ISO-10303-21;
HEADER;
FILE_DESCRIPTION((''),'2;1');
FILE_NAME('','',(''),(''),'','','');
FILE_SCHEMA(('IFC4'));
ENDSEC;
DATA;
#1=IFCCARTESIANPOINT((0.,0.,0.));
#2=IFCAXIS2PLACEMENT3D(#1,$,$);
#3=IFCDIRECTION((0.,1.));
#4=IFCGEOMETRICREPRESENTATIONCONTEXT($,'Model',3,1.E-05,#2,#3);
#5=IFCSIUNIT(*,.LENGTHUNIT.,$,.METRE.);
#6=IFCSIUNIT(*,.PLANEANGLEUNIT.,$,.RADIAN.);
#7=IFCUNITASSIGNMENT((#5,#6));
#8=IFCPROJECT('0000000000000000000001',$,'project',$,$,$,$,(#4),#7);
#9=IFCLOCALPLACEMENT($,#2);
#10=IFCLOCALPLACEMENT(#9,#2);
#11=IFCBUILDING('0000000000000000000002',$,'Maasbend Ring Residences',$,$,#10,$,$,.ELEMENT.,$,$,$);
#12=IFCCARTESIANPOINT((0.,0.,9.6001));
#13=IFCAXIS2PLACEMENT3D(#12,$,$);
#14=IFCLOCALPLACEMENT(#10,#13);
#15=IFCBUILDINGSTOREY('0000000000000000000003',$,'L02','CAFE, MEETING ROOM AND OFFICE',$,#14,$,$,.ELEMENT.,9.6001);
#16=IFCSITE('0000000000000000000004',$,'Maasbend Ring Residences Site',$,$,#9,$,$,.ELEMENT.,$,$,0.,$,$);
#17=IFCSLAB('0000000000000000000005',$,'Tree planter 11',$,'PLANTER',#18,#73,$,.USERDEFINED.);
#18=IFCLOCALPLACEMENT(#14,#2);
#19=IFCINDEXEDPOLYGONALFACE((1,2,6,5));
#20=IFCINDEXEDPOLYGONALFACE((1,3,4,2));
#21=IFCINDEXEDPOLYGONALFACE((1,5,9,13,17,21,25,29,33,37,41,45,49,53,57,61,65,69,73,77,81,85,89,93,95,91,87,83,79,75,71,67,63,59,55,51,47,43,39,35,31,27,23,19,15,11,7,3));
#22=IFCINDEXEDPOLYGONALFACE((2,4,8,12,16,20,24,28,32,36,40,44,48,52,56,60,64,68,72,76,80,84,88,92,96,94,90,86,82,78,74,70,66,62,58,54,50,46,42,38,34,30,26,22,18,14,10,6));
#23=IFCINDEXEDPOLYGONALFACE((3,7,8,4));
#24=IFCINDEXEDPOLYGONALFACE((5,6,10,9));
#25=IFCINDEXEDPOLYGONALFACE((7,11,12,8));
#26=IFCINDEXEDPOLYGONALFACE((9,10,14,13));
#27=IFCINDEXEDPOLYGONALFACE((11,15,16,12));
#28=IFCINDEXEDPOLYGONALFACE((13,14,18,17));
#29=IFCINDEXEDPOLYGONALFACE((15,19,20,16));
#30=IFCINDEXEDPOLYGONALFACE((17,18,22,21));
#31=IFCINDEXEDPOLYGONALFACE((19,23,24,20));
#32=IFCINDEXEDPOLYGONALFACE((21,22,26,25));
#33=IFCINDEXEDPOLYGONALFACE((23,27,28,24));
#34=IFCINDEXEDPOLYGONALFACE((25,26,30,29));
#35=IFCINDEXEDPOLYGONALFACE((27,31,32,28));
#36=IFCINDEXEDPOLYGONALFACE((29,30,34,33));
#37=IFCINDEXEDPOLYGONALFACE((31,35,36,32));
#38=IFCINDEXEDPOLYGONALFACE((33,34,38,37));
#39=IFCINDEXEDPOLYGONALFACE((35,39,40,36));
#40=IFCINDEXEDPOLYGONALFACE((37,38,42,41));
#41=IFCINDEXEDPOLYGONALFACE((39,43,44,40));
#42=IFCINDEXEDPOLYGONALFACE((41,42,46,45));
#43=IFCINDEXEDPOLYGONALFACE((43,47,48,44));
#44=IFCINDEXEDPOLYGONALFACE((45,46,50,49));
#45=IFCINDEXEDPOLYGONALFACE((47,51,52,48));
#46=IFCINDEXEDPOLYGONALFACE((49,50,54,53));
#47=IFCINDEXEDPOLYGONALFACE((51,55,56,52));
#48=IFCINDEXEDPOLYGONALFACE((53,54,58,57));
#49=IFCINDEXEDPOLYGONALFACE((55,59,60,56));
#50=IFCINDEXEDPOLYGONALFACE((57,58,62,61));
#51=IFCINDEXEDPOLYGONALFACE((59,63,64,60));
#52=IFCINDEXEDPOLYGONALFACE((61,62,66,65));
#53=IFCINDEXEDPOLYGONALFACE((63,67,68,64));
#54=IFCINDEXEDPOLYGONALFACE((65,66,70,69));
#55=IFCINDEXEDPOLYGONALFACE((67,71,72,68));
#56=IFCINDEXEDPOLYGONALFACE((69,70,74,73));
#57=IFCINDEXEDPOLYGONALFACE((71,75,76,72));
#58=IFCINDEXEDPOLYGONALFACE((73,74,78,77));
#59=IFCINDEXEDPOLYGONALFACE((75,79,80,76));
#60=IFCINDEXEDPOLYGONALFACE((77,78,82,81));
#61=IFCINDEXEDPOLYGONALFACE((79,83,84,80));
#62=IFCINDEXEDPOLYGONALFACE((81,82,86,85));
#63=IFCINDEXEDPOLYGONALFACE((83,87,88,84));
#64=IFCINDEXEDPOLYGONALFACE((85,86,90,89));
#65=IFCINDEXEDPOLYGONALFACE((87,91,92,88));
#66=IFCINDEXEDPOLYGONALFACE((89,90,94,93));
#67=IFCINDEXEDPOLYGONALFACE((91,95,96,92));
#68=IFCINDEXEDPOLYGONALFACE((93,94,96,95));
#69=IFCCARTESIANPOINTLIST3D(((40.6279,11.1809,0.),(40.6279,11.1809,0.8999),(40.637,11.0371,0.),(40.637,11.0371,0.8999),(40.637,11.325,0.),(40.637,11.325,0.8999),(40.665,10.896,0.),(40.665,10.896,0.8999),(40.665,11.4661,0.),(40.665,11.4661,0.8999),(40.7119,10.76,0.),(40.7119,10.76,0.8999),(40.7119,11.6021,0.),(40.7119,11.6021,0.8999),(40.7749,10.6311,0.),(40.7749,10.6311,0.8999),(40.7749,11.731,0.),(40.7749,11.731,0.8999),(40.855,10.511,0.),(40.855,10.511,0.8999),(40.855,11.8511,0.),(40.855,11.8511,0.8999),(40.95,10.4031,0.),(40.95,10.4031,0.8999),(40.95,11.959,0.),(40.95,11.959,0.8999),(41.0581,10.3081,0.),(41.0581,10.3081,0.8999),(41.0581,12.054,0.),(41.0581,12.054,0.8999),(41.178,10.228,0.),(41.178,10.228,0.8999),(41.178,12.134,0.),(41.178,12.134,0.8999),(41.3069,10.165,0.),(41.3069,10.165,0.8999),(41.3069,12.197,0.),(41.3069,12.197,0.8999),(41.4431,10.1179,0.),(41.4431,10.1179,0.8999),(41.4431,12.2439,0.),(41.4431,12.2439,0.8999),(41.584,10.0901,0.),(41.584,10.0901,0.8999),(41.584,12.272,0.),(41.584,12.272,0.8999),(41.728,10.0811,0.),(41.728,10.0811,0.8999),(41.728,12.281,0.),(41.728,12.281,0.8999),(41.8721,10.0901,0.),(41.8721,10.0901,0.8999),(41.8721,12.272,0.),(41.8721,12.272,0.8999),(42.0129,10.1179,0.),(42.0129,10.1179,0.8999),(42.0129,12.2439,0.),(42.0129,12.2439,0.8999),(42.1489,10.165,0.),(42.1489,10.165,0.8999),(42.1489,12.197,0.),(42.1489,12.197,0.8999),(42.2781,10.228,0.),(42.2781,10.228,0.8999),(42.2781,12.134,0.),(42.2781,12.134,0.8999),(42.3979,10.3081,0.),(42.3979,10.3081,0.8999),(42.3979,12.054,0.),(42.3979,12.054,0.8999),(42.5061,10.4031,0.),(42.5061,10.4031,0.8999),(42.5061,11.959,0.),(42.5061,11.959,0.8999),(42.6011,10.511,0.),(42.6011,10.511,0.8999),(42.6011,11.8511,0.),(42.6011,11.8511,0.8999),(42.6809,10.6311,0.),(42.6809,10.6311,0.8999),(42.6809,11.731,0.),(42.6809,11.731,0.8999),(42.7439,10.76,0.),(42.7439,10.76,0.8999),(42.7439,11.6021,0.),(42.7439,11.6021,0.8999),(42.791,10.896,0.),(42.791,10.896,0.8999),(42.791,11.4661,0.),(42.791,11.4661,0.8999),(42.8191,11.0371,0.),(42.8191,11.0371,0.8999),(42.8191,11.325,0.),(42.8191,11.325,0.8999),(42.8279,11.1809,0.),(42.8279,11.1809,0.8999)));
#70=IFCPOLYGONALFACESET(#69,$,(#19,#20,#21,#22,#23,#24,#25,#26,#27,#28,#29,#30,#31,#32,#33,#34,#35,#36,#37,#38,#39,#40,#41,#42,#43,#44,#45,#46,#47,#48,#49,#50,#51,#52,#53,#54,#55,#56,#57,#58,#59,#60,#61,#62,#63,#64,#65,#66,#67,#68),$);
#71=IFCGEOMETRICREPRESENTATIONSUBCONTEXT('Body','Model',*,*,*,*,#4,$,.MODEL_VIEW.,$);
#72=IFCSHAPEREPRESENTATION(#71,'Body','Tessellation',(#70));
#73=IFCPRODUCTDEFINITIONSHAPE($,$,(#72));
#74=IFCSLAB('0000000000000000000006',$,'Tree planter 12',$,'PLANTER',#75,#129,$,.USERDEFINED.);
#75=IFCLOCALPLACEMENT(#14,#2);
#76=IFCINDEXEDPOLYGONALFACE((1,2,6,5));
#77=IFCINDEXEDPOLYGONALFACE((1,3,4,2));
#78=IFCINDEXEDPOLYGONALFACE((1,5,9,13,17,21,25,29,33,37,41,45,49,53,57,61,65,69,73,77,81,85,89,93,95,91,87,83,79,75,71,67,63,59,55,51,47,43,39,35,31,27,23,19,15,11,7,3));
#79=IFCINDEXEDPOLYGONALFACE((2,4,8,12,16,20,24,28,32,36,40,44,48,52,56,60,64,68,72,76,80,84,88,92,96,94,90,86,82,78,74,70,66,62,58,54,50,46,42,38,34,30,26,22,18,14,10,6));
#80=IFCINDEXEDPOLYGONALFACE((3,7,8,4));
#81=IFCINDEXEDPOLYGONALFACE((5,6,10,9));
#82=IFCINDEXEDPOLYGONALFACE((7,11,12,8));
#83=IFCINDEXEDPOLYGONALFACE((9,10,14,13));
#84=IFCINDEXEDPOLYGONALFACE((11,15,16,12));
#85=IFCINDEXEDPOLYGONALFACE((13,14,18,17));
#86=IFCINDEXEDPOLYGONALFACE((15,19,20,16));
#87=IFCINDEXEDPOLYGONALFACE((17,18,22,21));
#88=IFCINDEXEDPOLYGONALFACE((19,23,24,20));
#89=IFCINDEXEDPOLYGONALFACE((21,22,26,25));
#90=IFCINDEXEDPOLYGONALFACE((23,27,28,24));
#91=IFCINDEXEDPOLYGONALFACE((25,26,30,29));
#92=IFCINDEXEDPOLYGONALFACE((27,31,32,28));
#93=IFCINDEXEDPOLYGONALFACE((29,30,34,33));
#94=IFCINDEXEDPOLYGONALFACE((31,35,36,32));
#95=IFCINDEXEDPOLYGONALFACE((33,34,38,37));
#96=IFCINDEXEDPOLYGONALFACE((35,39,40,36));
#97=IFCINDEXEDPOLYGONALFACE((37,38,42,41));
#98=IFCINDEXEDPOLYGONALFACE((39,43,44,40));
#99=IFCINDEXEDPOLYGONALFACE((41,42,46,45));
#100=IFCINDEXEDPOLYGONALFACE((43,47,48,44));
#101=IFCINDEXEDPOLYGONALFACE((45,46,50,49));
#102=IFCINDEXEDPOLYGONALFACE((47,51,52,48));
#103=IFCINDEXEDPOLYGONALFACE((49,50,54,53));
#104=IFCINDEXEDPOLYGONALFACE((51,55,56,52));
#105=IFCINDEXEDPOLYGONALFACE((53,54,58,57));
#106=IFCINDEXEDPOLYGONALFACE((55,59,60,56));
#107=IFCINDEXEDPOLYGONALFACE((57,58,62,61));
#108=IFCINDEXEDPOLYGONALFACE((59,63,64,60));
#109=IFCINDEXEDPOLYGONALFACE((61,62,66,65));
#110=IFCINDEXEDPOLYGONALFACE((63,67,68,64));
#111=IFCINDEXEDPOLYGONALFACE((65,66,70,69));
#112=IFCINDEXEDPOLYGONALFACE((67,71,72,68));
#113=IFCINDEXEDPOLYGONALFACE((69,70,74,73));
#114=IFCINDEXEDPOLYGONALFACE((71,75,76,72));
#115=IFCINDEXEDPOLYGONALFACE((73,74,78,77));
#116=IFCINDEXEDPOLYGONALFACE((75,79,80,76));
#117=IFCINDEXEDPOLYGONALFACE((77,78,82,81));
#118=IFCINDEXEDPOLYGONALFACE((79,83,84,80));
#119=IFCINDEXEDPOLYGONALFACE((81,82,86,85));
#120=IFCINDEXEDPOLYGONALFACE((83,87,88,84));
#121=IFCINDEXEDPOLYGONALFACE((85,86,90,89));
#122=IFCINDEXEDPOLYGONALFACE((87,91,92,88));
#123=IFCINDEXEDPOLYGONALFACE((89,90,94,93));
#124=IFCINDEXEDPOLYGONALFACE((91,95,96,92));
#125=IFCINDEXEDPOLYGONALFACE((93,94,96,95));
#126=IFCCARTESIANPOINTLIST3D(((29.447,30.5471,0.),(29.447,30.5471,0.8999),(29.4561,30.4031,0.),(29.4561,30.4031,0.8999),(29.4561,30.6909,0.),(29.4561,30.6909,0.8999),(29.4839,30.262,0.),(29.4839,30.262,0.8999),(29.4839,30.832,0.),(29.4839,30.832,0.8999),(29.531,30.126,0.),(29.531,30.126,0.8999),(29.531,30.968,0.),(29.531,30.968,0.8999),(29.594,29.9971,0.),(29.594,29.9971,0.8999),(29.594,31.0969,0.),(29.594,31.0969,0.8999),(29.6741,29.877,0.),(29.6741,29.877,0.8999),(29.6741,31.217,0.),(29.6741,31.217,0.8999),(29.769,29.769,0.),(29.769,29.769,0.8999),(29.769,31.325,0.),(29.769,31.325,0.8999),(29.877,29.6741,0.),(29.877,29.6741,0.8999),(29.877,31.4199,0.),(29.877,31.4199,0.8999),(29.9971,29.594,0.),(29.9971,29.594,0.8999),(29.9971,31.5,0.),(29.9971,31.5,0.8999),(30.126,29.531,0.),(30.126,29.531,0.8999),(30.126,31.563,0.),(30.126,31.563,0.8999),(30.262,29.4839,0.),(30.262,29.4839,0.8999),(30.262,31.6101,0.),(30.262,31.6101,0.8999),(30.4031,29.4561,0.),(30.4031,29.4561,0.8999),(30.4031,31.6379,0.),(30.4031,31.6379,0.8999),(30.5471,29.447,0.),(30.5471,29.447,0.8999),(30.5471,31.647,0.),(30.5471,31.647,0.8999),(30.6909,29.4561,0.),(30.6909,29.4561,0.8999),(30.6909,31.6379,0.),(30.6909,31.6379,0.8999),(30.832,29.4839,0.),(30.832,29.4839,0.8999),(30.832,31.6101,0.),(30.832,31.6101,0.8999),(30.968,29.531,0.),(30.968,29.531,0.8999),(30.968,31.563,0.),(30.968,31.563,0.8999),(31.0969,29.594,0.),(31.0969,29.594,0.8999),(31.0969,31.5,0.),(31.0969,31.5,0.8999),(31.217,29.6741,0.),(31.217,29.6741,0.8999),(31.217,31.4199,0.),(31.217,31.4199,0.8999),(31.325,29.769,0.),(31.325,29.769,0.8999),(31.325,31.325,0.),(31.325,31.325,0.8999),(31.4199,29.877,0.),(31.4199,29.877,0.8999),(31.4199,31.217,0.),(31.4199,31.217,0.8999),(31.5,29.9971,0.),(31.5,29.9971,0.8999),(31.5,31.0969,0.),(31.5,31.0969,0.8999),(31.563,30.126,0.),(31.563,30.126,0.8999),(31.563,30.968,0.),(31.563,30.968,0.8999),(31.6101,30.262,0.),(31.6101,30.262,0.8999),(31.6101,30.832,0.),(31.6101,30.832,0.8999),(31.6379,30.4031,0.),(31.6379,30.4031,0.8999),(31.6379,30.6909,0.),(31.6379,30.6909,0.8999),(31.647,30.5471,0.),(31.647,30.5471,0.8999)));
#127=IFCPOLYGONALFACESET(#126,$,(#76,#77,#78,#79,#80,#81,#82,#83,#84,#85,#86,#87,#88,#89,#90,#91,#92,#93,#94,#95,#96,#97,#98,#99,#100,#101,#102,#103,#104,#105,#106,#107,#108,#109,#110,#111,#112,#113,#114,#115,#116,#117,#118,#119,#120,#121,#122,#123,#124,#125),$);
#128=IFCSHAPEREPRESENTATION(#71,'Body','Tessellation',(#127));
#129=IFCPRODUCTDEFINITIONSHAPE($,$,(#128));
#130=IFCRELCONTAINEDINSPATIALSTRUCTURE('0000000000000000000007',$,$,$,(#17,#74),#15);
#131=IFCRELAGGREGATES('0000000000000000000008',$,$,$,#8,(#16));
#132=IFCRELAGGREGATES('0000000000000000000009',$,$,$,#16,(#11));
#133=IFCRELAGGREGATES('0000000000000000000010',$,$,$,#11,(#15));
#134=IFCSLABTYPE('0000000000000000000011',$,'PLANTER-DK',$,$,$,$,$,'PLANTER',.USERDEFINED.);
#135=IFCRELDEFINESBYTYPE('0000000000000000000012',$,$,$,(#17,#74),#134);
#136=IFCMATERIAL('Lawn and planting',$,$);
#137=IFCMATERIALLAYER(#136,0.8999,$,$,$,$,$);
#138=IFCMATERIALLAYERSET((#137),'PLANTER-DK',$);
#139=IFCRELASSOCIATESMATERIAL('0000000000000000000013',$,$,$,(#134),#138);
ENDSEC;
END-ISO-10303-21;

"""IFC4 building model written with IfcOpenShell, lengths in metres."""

from ifc_helpers import new_model, si_unit, direction, frame, origin, place, context, subcontext, project, spatial, polyline, outline, extrude, material, layer, layer_set, type_object, element, save


model = new_model("IFC4")

# Units and contexts
model_context = context("Model", 3, precision=1e-05, world=origin(), true_north=direction((0.0, 1.0)))
body_context = subcontext(model_context, "Body", "Model", "MODEL_VIEW")
ifc_project = project(units=[si_unit("LENGTHUNIT", "METRE"), si_unit("PLANEANGLEUNIT", "RADIAN")], contexts=[model_context])

# Site, building, storey
site_placement = place(None, origin())
site = spatial("IfcSite", under=ifc_project, at=site_placement, Name="Maasbend Ring Residences Site", CompositionType="ELEMENT", RefElevation=0.0)
building_placement = place(site_placement, origin())
building = spatial("IfcBuilding", under=site, at=building_placement, Name="Maasbend Ring Residences", CompositionType="ELEMENT")
storey_placement = place(building_placement, frame((0.0, 0.0, 9.6001)))
storey = spatial("IfcBuildingStorey", under=building, at=storey_placement, Name="L02", Description="CAFE, MEETING ROOM AND OFFICE", CompositionType="ELEMENT", Elevation=9.6001)

# Slabs
ifc_material_1 = material(Name="Lawn and planting")
ifc_layer_1 = layer(ifc_material_1, 0.8999)
ifc_layer_set_1 = layer_set([ifc_layer_1], Name="PLANTER-DK")
slab_type_1 = type_object("IfcSlabType", Name="PLANTER-DK", ElementType="PLANTER", PredefinedType="USERDEFINED", material=ifc_layer_set_1)
slab_1_placement = place(storey_placement, origin())
element("IfcSlab", 1, at=slab_1_placement, inside=storey, type_object=slab_type_1, Name="Tree planter 11", ObjectType="PLANTER", PredefinedType="USERDEFINED", context=body_context, shape_type="SweptSolid", body=[
    extrude(outline(polyline([(42.8279, 11.1809), (42.8191, 11.0371), (42.791, 10.896), (42.7439, 10.76), (42.6809, 10.6311), (42.6011, 10.511), (42.5061, 10.4031), (42.3979, 10.3081), (42.2781, 10.228), (42.1489, 10.165), (42.0129, 10.1179), (41.8721, 10.0901), (41.728, 10.0811), (41.584, 10.0901), (41.4431, 10.1179), (41.3069, 10.165), (41.178, 10.228), (41.0581, 10.3081), (40.95, 10.4031), (40.855, 10.511), (40.7749, 10.6311), (40.7119, 10.76), (40.665, 10.896), (40.637, 11.0371), (40.6279, 11.1809), (40.637, 11.325), (40.665, 11.4661), (40.7119, 11.6021), (40.7749, 11.731), (40.855, 11.8511), (40.95, 11.959), (41.0581, 12.054), (41.178, 12.134), (41.3069, 12.197), (41.4431, 12.2439), (41.584, 12.272), (41.728, 12.281), (41.8721, 12.272), (42.0129, 12.2439), (42.1489, 12.197), (42.2781, 12.134), (42.3979, 12.054), (42.5061, 11.959), (42.6011, 11.8511), (42.6809, 11.731), (42.7439, 11.6021), (42.791, 11.4661), (42.8191, 11.325), (42.8279, 11.1809)])), origin(), (0.0, 0.0, 1.0), 0.8999),
])
slab_2_placement = place(storey_placement, origin())
element("IfcSlab", 2, at=slab_2_placement, inside=storey, type_object=slab_type_1, Name="Tree planter 12", ObjectType="PLANTER", PredefinedType="USERDEFINED", context=body_context, shape_type="SweptSolid", body=[
    extrude(outline(polyline([(31.647, 30.5471), (31.6379, 30.4031), (31.6101, 30.262), (31.563, 30.126), (31.5, 29.9971), (31.4199, 29.877), (31.325, 29.769), (31.217, 29.6741), (31.0969, 29.594), (30.968, 29.531), (30.832, 29.4839), (30.6909, 29.4561), (30.5471, 29.447), (30.4031, 29.4561), (30.262, 29.4839), (30.126, 29.531), (29.9971, 29.594), (29.877, 29.6741), (29.769, 29.769), (29.6741, 29.877), (29.594, 29.9971), (29.531, 30.126), (29.4839, 30.262), (29.4561, 30.4031), (29.447, 30.5471), (29.4561, 30.6909), (29.4839, 30.832), (29.531, 30.968), (29.594, 31.0969), (29.6741, 31.217), (29.769, 31.325), (29.877, 31.4199), (29.9971, 31.5), (30.126, 31.563), (30.262, 31.6101), (30.4031, 31.6379), (30.5471, 31.647), (30.6909, 31.6379), (30.832, 31.6101), (30.968, 31.563), (31.0969, 31.5), (31.217, 31.4199), (31.325, 31.325), (31.4199, 31.217), (31.5, 31.0969), (31.563, 30.968), (31.6101, 30.832), (31.6379, 30.6909), (31.647, 30.5471)])), origin(), (0.0, 0.0, 1.0), 0.8999),
])

save(model, "model.ifc")
